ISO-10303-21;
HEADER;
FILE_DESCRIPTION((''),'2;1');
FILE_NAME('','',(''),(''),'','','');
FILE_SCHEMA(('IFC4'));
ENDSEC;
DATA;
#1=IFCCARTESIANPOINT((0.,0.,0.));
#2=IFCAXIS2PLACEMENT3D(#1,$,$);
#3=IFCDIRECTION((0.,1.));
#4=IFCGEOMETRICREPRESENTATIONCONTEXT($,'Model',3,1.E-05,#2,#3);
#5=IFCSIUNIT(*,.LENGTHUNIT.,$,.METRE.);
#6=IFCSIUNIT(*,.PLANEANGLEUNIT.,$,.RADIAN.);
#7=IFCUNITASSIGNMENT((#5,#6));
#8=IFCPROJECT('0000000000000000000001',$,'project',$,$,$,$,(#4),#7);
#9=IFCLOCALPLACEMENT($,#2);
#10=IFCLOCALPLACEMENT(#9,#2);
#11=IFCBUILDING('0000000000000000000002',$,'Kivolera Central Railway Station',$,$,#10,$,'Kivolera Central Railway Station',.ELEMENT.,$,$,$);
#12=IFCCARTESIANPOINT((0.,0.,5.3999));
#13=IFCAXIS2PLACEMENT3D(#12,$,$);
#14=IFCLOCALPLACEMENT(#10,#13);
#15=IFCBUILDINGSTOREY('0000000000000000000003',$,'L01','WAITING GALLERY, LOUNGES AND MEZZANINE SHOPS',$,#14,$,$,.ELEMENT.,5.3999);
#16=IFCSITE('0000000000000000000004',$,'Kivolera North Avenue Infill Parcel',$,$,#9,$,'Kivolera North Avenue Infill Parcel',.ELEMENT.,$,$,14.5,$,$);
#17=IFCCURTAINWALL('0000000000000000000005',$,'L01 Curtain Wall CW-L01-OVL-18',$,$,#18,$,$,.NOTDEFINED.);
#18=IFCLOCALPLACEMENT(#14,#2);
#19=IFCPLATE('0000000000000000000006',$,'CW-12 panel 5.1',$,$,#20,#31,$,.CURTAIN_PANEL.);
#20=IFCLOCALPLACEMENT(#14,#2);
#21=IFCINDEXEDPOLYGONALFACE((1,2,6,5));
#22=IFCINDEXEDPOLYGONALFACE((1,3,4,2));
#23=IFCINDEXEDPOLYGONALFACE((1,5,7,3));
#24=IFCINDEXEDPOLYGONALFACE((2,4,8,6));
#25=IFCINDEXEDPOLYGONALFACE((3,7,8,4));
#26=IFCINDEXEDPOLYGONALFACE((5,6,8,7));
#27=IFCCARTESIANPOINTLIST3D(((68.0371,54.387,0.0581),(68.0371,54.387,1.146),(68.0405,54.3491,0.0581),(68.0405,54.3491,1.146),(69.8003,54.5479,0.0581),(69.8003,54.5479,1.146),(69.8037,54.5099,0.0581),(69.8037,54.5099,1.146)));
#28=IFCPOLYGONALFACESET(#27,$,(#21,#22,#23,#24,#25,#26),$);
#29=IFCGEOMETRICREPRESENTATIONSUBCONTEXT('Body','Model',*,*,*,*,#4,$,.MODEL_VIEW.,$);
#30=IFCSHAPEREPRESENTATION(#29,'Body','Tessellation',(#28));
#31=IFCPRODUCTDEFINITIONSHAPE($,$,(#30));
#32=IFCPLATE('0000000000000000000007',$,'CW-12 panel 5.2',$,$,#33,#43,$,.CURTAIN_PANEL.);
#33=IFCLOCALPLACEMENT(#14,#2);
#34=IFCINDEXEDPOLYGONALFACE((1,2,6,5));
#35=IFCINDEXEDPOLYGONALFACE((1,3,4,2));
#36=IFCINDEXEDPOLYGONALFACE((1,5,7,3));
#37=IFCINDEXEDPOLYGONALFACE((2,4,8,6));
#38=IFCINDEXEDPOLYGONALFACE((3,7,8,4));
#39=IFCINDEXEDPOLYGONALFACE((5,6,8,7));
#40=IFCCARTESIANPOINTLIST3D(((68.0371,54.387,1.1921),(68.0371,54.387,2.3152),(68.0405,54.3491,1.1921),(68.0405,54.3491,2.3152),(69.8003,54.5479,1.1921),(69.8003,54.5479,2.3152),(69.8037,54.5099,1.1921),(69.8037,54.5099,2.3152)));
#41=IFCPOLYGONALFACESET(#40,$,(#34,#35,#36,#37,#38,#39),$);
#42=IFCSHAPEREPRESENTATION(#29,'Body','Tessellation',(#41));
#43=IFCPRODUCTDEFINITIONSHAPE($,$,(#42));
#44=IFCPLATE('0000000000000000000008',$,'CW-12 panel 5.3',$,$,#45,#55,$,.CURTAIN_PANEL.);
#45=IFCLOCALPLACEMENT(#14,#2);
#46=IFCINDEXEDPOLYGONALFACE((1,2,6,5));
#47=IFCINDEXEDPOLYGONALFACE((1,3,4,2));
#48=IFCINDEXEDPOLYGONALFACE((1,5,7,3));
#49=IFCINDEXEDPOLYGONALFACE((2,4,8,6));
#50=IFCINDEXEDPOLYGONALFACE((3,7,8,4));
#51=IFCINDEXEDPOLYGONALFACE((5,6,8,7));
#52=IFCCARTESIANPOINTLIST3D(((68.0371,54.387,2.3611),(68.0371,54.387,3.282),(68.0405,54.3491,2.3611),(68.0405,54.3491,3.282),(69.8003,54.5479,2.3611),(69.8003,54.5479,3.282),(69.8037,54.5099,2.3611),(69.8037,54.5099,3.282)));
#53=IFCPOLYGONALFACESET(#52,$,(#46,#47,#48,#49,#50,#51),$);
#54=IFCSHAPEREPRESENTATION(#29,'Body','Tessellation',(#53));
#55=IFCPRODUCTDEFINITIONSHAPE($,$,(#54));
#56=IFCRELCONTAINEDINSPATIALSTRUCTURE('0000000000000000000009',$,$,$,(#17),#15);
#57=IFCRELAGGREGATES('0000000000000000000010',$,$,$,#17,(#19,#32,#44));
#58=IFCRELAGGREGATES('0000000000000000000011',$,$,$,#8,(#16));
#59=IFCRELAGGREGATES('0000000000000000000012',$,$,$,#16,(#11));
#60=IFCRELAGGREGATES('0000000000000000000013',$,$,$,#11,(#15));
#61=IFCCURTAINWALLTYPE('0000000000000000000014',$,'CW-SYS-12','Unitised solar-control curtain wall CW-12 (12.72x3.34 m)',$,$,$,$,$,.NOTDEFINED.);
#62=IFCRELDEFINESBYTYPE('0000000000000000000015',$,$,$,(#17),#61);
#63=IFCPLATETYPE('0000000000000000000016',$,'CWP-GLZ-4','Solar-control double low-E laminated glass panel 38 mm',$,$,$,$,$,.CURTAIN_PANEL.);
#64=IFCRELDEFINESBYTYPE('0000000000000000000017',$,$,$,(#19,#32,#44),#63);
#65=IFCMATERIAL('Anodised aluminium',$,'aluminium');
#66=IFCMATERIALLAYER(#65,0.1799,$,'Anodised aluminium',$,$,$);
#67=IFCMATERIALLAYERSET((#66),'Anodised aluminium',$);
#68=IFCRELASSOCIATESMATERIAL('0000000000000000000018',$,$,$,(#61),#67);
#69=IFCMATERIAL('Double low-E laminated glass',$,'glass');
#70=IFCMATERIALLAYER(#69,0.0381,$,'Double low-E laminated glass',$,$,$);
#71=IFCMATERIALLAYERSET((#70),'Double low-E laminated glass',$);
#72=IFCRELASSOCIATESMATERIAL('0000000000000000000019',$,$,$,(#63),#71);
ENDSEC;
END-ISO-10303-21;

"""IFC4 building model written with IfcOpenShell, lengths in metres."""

from ifc_helpers import new_model, si_unit, direction, frame, origin, origin_2d, place, context, subcontext, project, spatial, rectangle, extrude, material, layer, layer_set, type_object, element, aggregate, save


model = new_model("IFC4")

# Units and contexts
model_context = context("Model", 3, precision=1e-05, world=origin(), true_north=direction((0.0, 1.0)))
body_context = subcontext(model_context, "Body", "Model", "MODEL_VIEW")
ifc_project = project(units=[si_unit("LENGTHUNIT", "METRE"), si_unit("PLANEANGLEUNIT", "RADIAN")], contexts=[model_context])

# Site, building, storey
site_placement = place(None, origin())
site = spatial("IfcSite", under=ifc_project, at=site_placement, Name="Kivolera North Avenue Infill Parcel", LongName="Kivolera North Avenue Infill Parcel", CompositionType="ELEMENT", RefElevation=14.5)
building_placement = place(site_placement, origin())
building = spatial("IfcBuilding", under=site, at=building_placement, Name="Kivolera Central Railway Station", LongName="Kivolera Central Railway Station", CompositionType="ELEMENT")
storey_placement = place(building_placement, frame((0.0, 0.0, 5.3999)))
storey = spatial("IfcBuildingStorey", under=building, at=storey_placement, Name="L01", Description="WAITING GALLERY, LOUNGES AND MEZZANINE SHOPS", CompositionType="ELEMENT", Elevation=5.3999)

# Curtain wall, plates
ifc_material_1 = material(Name="Anodised aluminium", Category="aluminium")
ifc_layer_1 = layer(ifc_material_1, 0.1799, Name="Anodised aluminium")
ifc_layer_set_1 = layer_set([ifc_layer_1], Name="Anodised aluminium")
curtain_wall_type = type_object("IfcCurtainWallType", Name="CW-SYS-12", Description="Unitised solar-control curtain wall CW-12 (12.72x3.34 m)", PredefinedType="NOTDEFINED", material=ifc_layer_set_1)
curtain_wall_placement = place(storey_placement, origin())
curtain_wall = element("IfcCurtainWall", 1, at=curtain_wall_placement, inside=storey, type_object=curtain_wall_type, Name="L01 Curtain Wall CW-L01-OVL-18", PredefinedType="NOTDEFINED")
ifc_material_2 = material(Name="Double low-E laminated glass", Category="glass")
ifc_layer_2 = layer(ifc_material_2, 0.0381, Name="Double low-E laminated glass")
ifc_layer_set_2 = layer_set([ifc_layer_2], Name="Double low-E laminated glass")
plate_type = type_object("IfcPlateType", Name="CWP-GLZ-4", Description="Solar-control double low-E laminated glass panel 38 mm", PredefinedType="CURTAIN_PANEL", material=ifc_layer_set_2)
plate_1_placement = place(storey_placement, frame((68.9204, 54.4485, 0.0581), z_axis=(0.0, 0.0, 1.0), x_axis=(-0.995866, -0.090834, 0.0)))
plate_1 = element("IfcPlate", 2, at=plate_1_placement, type_object=plate_type, Name="CW-12 panel 5.1", PredefinedType="CURTAIN_PANEL", context=body_context, shape_type="SweptSolid", body=[
    extrude(rectangle(XDim=1.7705, YDim=0.0381, at=origin_2d()), origin(), (0.0, 0.0, 1.0), 1.0879),
])
plate_2_placement = place(storey_placement, frame((68.9204, 54.4485, 1.1921), z_axis=(0.0, 0.0, 1.0), x_axis=(-0.995866, -0.090834, 0.0)))
plate_2 = element("IfcPlate", 3, at=plate_2_placement, type_object=plate_type, Name="CW-12 panel 5.2", PredefinedType="CURTAIN_PANEL", context=body_context, shape_type="SweptSolid", body=[
    extrude(rectangle(XDim=1.7705, YDim=0.0381, at=origin_2d()), origin(), (0.0, 0.0, 1.0), 1.123),
])
plate_3_placement = place(storey_placement, frame((68.9204, 54.4485, 2.3611), z_axis=(0.0, 0.0, 1.0), x_axis=(-0.995866, -0.090834, 0.0)))
plate_3 = element("IfcPlate", 4, at=plate_3_placement, type_object=plate_type, Name="CW-12 panel 5.3", PredefinedType="CURTAIN_PANEL", context=body_context, shape_type="SweptSolid", body=[
    extrude(rectangle(XDim=1.7705, YDim=0.0381, at=origin_2d()), origin(), (0.0, 0.0, 1.0), 0.9209),
])
aggregate(curtain_wall, [plate_1, plate_2, plate_3])

save(model, "model.ifc")
